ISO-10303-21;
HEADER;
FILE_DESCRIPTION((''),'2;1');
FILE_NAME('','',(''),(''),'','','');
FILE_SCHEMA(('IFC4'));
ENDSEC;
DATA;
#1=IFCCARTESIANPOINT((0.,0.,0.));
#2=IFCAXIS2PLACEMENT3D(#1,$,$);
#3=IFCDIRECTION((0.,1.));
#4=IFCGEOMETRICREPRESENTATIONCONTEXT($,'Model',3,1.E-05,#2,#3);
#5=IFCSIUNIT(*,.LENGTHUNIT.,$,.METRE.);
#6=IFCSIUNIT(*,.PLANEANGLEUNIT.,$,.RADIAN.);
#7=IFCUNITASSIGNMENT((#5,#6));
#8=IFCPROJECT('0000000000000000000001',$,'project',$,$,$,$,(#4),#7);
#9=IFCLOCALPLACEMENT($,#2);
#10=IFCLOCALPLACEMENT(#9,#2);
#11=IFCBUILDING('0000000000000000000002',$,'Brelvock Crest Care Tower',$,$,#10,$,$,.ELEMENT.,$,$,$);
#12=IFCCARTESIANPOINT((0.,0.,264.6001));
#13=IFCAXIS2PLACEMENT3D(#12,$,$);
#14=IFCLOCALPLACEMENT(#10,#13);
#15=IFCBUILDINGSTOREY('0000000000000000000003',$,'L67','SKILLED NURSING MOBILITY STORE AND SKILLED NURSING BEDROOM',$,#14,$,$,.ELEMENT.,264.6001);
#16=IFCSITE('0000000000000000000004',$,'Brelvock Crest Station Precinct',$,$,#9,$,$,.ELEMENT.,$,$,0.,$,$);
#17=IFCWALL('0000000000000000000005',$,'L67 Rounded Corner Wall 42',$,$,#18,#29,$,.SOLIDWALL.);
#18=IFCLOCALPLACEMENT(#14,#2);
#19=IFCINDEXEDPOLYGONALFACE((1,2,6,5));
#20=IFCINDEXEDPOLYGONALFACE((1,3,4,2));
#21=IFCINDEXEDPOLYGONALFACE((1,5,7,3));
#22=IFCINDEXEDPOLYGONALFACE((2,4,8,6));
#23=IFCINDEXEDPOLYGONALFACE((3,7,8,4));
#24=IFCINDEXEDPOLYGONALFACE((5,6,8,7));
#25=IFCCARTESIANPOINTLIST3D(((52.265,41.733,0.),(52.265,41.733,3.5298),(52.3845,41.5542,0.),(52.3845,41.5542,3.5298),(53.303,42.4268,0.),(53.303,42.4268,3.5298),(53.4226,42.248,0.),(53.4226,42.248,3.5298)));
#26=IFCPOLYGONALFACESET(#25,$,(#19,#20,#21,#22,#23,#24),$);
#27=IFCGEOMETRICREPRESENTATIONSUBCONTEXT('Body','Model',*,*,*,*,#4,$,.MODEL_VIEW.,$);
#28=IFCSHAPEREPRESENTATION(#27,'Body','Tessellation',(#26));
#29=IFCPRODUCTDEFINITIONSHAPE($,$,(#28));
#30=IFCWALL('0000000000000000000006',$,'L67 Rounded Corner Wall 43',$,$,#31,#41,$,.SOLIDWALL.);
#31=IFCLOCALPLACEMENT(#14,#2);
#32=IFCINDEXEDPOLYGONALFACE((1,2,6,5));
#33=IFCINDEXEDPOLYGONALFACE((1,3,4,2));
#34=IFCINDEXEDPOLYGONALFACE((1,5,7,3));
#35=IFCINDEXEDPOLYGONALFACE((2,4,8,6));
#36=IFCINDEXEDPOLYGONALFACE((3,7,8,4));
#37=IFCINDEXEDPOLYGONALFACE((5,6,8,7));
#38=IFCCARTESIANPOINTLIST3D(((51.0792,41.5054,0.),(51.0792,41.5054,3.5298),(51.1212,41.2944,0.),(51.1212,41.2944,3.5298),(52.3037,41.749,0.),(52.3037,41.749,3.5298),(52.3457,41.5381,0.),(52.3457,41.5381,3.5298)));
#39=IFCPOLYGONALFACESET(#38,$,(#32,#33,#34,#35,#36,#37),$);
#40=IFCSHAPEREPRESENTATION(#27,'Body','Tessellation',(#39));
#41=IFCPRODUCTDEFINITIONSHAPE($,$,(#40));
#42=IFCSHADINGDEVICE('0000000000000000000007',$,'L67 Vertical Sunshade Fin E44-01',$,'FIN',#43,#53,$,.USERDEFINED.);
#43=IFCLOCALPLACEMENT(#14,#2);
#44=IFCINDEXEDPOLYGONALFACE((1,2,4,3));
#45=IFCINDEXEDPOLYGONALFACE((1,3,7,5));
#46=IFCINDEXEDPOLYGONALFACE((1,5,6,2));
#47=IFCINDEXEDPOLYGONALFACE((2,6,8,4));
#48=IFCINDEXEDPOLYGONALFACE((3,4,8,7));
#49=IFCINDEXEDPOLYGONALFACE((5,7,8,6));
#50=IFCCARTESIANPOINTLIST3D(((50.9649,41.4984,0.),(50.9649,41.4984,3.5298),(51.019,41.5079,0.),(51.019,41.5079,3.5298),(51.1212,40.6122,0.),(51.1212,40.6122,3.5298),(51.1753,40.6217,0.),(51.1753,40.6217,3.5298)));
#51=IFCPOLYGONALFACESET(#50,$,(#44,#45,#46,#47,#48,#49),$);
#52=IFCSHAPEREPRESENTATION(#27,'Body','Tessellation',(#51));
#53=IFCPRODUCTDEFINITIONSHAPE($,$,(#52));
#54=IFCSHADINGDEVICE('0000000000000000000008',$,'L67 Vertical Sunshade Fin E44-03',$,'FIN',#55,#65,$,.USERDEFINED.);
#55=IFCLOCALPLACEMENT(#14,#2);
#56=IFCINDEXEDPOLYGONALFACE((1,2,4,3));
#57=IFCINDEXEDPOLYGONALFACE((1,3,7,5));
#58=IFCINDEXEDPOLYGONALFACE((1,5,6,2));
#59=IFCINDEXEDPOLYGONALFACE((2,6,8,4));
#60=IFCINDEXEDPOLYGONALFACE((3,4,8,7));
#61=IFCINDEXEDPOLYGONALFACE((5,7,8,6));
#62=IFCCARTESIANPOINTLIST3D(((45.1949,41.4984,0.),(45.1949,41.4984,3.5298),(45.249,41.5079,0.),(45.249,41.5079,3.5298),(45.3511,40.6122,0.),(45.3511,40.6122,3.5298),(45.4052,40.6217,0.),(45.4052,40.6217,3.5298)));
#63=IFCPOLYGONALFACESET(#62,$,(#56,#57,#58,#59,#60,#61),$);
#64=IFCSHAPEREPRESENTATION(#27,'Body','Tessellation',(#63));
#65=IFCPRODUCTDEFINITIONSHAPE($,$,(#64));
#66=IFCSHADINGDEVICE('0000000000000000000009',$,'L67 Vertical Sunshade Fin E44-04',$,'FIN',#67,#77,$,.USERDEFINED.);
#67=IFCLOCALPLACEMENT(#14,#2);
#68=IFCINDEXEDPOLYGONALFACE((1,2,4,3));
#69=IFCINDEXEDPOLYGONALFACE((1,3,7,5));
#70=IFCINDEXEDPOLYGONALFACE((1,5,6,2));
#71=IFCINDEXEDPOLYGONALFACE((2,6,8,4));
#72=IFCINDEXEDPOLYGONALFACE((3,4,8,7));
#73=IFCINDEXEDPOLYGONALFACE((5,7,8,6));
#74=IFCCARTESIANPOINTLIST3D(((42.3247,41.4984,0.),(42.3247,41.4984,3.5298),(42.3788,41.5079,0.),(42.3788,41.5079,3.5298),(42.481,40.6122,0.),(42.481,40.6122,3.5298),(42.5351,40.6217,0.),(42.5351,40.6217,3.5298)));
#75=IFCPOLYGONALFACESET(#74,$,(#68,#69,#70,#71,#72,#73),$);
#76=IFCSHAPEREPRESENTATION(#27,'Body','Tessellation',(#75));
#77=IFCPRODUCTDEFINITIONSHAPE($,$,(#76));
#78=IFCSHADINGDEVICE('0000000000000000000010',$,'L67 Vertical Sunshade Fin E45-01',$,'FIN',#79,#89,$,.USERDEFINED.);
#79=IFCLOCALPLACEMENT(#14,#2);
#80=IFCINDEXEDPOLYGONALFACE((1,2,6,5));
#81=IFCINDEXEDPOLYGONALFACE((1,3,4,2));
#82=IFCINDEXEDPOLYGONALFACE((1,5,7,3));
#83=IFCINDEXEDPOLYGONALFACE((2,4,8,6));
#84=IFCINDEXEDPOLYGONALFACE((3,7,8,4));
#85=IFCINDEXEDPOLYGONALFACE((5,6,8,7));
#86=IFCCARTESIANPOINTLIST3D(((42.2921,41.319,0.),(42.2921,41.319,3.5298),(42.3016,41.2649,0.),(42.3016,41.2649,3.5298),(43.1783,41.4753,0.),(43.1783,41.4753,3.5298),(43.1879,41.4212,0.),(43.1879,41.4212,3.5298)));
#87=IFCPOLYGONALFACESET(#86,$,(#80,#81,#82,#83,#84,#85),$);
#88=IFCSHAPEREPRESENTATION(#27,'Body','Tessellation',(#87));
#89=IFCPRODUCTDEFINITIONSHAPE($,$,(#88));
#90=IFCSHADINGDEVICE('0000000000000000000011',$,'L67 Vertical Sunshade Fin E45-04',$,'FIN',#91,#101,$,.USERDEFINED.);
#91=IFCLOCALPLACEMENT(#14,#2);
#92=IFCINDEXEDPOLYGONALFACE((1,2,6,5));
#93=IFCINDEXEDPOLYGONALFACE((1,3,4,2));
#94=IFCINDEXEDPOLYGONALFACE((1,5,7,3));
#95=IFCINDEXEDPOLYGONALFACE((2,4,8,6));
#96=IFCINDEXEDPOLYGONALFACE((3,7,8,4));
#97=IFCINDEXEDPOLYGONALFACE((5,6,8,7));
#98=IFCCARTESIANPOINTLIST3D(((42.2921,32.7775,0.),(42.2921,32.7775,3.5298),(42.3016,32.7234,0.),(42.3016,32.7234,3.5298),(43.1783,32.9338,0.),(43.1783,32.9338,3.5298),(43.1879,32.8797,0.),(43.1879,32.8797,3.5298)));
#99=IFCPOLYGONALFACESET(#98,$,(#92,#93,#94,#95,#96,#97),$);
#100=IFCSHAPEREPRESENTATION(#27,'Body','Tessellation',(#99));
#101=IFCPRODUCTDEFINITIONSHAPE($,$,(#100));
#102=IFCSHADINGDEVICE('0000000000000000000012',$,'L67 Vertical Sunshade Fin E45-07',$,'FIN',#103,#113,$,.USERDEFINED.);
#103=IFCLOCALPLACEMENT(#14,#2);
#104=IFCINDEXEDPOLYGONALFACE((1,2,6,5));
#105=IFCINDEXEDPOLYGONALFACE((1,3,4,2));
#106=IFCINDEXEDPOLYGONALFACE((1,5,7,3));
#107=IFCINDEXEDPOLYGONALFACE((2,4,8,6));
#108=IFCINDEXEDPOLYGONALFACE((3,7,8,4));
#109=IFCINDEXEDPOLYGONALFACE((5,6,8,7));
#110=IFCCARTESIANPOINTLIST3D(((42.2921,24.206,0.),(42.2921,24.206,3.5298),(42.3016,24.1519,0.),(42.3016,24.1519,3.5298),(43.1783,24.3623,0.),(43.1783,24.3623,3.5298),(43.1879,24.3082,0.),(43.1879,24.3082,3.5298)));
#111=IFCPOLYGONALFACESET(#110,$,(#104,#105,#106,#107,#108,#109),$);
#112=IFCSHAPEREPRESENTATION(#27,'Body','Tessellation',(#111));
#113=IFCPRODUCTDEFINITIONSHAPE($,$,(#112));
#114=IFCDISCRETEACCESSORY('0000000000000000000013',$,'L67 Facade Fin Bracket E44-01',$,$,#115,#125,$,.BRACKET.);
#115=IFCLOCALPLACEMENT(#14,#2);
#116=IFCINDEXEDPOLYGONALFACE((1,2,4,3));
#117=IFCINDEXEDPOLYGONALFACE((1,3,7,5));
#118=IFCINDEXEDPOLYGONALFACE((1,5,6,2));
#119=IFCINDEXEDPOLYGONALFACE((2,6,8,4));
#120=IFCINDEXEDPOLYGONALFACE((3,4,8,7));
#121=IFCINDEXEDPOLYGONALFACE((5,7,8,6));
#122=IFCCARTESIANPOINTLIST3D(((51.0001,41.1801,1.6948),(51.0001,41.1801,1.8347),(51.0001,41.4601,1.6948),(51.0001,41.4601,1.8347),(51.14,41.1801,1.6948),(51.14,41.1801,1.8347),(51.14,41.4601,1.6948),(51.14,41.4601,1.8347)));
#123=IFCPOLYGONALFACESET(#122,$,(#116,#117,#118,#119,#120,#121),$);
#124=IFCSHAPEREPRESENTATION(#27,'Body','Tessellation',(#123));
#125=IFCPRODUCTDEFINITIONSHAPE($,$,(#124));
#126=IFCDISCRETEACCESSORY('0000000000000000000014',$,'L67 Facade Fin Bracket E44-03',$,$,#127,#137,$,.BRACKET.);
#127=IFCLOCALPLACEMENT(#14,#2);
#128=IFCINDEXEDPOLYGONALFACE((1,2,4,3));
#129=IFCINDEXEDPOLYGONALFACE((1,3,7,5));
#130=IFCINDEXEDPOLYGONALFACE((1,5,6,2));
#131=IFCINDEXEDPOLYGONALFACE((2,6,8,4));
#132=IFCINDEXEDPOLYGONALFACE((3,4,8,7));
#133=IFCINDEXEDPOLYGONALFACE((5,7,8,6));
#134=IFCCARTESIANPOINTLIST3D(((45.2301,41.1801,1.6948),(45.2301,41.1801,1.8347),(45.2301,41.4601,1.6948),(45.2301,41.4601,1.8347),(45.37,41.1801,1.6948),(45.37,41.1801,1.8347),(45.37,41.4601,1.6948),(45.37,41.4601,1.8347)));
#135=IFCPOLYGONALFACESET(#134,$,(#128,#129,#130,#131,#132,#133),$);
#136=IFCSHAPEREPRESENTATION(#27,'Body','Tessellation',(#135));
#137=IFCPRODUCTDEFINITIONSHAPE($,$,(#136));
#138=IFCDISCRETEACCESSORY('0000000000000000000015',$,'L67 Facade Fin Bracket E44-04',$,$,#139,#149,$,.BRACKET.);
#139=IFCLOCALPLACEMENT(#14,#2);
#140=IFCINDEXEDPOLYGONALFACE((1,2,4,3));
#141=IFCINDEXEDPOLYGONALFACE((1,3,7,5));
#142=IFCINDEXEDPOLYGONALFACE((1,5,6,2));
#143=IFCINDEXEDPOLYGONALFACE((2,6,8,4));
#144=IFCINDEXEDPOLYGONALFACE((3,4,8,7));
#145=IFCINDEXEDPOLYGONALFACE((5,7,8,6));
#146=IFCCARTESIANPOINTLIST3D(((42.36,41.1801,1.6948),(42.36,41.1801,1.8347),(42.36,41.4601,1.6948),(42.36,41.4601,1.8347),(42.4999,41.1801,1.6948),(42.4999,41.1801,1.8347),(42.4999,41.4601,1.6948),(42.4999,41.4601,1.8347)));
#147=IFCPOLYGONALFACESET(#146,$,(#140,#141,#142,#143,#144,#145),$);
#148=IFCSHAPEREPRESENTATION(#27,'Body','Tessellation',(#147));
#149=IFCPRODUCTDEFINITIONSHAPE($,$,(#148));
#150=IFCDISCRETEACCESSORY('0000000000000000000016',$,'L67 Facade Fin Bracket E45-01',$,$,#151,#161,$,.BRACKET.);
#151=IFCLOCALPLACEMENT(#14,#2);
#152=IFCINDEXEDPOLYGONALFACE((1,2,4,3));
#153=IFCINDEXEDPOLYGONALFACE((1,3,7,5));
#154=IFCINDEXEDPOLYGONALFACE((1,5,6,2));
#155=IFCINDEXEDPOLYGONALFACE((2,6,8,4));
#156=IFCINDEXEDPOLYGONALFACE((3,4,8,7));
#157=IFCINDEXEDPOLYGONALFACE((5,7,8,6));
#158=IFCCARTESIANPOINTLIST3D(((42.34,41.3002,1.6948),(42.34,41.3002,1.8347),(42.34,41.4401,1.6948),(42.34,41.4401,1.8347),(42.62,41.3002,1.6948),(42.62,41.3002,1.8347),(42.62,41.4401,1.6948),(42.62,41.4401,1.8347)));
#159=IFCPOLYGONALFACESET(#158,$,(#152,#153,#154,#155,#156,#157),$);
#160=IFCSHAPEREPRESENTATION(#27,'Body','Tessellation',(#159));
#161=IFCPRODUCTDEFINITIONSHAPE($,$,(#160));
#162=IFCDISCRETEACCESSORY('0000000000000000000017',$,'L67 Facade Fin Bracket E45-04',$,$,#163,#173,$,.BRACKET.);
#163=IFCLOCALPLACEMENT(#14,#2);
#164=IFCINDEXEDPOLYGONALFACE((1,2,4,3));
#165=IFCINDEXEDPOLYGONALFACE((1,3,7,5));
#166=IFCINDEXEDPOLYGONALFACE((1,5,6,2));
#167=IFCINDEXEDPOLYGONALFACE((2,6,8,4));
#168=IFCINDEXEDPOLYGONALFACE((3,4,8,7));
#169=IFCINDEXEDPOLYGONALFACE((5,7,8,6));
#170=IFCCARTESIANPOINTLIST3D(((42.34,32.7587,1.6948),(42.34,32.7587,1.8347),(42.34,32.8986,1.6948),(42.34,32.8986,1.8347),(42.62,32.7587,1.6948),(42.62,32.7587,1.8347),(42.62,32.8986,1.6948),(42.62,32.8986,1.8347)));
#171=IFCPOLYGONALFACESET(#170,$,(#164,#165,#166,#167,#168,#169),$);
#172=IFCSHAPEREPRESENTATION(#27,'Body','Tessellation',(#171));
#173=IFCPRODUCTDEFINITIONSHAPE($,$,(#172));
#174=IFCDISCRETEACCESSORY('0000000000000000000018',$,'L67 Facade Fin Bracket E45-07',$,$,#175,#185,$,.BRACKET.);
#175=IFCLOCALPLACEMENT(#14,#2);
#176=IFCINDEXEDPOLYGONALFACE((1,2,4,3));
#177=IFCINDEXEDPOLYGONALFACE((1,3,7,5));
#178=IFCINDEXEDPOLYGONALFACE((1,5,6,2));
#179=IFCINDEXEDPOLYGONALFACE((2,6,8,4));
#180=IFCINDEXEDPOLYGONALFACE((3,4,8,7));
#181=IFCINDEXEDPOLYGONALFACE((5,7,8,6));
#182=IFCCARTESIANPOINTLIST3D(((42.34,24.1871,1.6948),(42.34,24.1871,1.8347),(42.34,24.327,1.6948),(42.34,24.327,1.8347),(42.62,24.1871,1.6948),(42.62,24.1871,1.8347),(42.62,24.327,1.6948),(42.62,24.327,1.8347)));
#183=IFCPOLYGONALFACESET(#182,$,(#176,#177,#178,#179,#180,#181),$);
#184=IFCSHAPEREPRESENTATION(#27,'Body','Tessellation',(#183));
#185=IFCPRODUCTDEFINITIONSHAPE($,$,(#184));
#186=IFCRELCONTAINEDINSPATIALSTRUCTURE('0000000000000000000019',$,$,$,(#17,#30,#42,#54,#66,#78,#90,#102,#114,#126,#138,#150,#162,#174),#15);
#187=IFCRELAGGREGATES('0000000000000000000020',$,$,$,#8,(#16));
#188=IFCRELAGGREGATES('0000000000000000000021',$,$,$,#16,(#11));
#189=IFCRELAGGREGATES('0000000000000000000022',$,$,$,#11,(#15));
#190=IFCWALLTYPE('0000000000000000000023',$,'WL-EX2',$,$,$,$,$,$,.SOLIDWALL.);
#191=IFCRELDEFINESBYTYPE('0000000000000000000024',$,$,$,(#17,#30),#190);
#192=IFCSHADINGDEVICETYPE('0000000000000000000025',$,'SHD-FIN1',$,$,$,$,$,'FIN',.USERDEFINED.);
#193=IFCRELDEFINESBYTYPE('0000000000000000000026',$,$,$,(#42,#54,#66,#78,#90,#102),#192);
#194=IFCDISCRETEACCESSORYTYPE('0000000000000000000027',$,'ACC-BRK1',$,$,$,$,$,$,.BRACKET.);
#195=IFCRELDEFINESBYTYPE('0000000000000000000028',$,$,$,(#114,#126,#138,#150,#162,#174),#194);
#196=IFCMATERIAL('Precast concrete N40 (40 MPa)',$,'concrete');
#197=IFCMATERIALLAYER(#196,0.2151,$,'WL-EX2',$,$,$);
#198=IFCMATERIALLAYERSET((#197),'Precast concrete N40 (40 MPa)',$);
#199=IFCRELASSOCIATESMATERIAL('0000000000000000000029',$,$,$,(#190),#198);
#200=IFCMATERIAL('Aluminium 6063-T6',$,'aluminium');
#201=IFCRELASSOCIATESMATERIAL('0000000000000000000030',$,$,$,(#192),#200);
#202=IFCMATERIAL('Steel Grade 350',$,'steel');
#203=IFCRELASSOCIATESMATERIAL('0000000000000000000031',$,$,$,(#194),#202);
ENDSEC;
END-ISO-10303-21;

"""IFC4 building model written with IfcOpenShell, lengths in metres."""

from ifc_helpers import new_model, si_unit, direction, frame, frame_2d, origin, origin_2d, place, context, subcontext, project, spatial, rectangle, extrude, source, transform, mapped, material, layer, layer_set, material_profile, profile_set, type_object, element, save


model = new_model("IFC4")

# Units and contexts
model_context = context("Model", 3, precision=1e-05, world=origin(), true_north=direction((0.0, 1.0)))
body_context = subcontext(model_context, "Body", "Model", "MODEL_VIEW")
ifc_project = project(units=[si_unit("LENGTHUNIT", "METRE"), si_unit("PLANEANGLEUNIT", "RADIAN")], contexts=[model_context])

# Site, building, storey
site_placement = place(None, origin())
site = spatial("IfcSite", under=ifc_project, at=site_placement, Name="Brelvock Crest Station Precinct", CompositionType="ELEMENT", RefElevation=0.0)
building_placement = place(site_placement, origin())
building = spatial("IfcBuilding", under=site, at=building_placement, Name="Brelvock Crest Care Tower", CompositionType="ELEMENT")
storey_placement = place(building_placement, frame((0.0, 0.0, 264.6001)))
storey = spatial("IfcBuildingStorey", under=building, at=storey_placement, Name="L67", Description="SKILLED NURSING MOBILITY STORE AND SKILLED NURSING BEDROOM", CompositionType="ELEMENT", Elevation=264.6001)

# Shared definitions
ifc_material_1 = material(Name="Steel Grade 350", Category="steel")

# Shared definitions
ifc_material_2 = material(Name="Aluminium 6063-T6", Category="aluminium")

# Walls
ifc_material_3 = material(Name="Precast concrete N40 (40 MPa)", Category="concrete")
ifc_layer_1 = layer(ifc_material_3, 0.2151, Name="WL-EX2")
ifc_layer_set_1 = layer_set([ifc_layer_1], Name="Precast concrete N40 (40 MPa)")
wall_type = type_object("IfcWallType", Name="WL-EX2", PredefinedType="SOLIDWALL", material=ifc_layer_set_1)
for number, where, z_axis, x_axis, name in (
    (1, (53.3628, 42.3374, 0.0), (0.0, 0.0, 1.0), (-0.831388, -0.555692, 0.0), "L67 Rounded Corner Wall 42"),
    (2, (52.3247, 41.6436, 0.0), (0.0, 0.0, 1.0), (-0.980776, -0.195138, 0.0), "L67 Rounded Corner Wall 43"),
):
    element("IfcWall", number, at=place(storey_placement, frame(where, z_axis=z_axis, x_axis=x_axis)), inside=storey, type_object=wall_type, Name=name, PredefinedType="SOLIDWALL", context=body_context, shape_type="SweptSolid", body=[
        extrude(rectangle(XDim=1.2485, YDim=0.2151, at=frame_2d((0.6243, 0.0))), origin(), (0.0, 0.0, 1.0), 3.5298),
    ])

# Shading devices
ifc_material_profile_1 = material_profile(ifc_material_2, rectangle(XDim=0.0549, YDim=0.8999, at=origin_2d()), Name="FIN55x900")
ifc_profile_set_1 = profile_set([ifc_material_profile_1], Name="Aluminium 6063-T6")
shading_device_type = type_object("IfcShadingDeviceType", Name="SHD-FIN1", ElementType="FIN", PredefinedType="USERDEFINED", material=ifc_profile_set_1)
shared_shape_1 = source(origin(), body_context, "Body", "SweptSolid", [
    extrude(rectangle(XDim=0.0549, YDim=0.8999, at=origin_2d()), origin(), (0.0, 0.0, 1.0), 3.5298),
])
for number, where, z_axis, x_axis, name in (
    (3, (51.0701, 41.0601, 0.0), (0.0, 0.0, 1.0), (-0.984808, -0.173648, 0.0), "L67 Vertical Sunshade Fin E44-01"),
    (4, (45.3, 41.0601, 0.0), (0.0, 0.0, 1.0), (-0.984808, -0.173648, 0.0), "L67 Vertical Sunshade Fin E44-03"),
    (5, (42.4299, 41.0601, 0.0), (0.0, 0.0, 1.0), (-0.984808, -0.173648, 0.0), "L67 Vertical Sunshade Fin E44-04"),
    (6, (42.74, 41.3701, 0.0), (0.0, 0.0, 1.0), (0.173648, -0.984808, 0.0), "L67 Vertical Sunshade Fin E45-01"),
    (7, (42.74, 32.8286, 0.0), (0.0, 0.0, 1.0), (0.173648, -0.984808, 0.0), "L67 Vertical Sunshade Fin E45-04"),
    (8, (42.74, 24.2571, 0.0), (0.0, 0.0, 1.0), (0.173648, -0.984808, 0.0), "L67 Vertical Sunshade Fin E45-07"),
):
    element("IfcShadingDevice", number, at=place(storey_placement, frame(where, z_axis=z_axis, x_axis=x_axis)), inside=storey, type_object=shading_device_type, Name=name, ObjectType="FIN", PredefinedType="USERDEFINED", context=body_context, shape_type="MappedRepresentation", body=[
        mapped(shared_shape_1, transform((0.0, 0.0, 0.0), x_axis=(1.0, 0.0, 0.0), y_axis=(0.0, 1.0, 0.0), z_axis=(0.0, 0.0, 1.0), scale=1.0)),
    ])

# Discrete accessories
discrete_accessory_type = type_object("IfcDiscreteAccessoryType", Name="ACC-BRK1", PredefinedType="BRACKET", material=ifc_material_1)
shared_shape_2 = source(origin(), body_context, "Body", "SweptSolid", [
    extrude(rectangle(XDim=0.28, YDim=0.1399, at=origin_2d()), origin(), (0.0, 0.0, 1.0), 0.1399),
])
for number, where, z_axis, x_axis, name in (
    (9, (51.0701, 41.3201, 1.6948), (0.0, 0.0, 1.0), (0.0, -1.0, 0.0), "L67 Facade Fin Bracket E44-01"),
    (10, (45.3, 41.3201, 1.6948), (0.0, 0.0, 1.0), (0.0, -1.0, 0.0), "L67 Facade Fin Bracket E44-03"),
    (11, (42.4299, 41.3201, 1.6948), (0.0, 0.0, 1.0), (0.0, -1.0, 0.0), "L67 Facade Fin Bracket E44-04"),
    (12, (42.48, 41.3701, 1.6948), (0.0, 0.0, 1.0), (1.0, 0.0, 0.0), "L67 Facade Fin Bracket E45-01"),
    (13, (42.48, 32.8286, 1.6948), (0.0, 0.0, 1.0), (1.0, 0.0, 0.0), "L67 Facade Fin Bracket E45-04"),
    (14, (42.48, 24.2571, 1.6948), (0.0, 0.0, 1.0), (1.0, 0.0, 0.0), "L67 Facade Fin Bracket E45-07"),
):
    element("IfcDiscreteAccessory", number, at=place(storey_placement, frame(where, z_axis=z_axis, x_axis=x_axis)), inside=storey, type_object=discrete_accessory_type, Name=name, PredefinedType="BRACKET", context=body_context, shape_type="MappedRepresentation", body=[
        mapped(shared_shape_2, transform((0.0, 0.0, 0.0), x_axis=(1.0, 0.0, 0.0), y_axis=(0.0, 1.0, 0.0), z_axis=(0.0, 0.0, 1.0), scale=1.0)),
    ])

save(model, "model.ifc")
